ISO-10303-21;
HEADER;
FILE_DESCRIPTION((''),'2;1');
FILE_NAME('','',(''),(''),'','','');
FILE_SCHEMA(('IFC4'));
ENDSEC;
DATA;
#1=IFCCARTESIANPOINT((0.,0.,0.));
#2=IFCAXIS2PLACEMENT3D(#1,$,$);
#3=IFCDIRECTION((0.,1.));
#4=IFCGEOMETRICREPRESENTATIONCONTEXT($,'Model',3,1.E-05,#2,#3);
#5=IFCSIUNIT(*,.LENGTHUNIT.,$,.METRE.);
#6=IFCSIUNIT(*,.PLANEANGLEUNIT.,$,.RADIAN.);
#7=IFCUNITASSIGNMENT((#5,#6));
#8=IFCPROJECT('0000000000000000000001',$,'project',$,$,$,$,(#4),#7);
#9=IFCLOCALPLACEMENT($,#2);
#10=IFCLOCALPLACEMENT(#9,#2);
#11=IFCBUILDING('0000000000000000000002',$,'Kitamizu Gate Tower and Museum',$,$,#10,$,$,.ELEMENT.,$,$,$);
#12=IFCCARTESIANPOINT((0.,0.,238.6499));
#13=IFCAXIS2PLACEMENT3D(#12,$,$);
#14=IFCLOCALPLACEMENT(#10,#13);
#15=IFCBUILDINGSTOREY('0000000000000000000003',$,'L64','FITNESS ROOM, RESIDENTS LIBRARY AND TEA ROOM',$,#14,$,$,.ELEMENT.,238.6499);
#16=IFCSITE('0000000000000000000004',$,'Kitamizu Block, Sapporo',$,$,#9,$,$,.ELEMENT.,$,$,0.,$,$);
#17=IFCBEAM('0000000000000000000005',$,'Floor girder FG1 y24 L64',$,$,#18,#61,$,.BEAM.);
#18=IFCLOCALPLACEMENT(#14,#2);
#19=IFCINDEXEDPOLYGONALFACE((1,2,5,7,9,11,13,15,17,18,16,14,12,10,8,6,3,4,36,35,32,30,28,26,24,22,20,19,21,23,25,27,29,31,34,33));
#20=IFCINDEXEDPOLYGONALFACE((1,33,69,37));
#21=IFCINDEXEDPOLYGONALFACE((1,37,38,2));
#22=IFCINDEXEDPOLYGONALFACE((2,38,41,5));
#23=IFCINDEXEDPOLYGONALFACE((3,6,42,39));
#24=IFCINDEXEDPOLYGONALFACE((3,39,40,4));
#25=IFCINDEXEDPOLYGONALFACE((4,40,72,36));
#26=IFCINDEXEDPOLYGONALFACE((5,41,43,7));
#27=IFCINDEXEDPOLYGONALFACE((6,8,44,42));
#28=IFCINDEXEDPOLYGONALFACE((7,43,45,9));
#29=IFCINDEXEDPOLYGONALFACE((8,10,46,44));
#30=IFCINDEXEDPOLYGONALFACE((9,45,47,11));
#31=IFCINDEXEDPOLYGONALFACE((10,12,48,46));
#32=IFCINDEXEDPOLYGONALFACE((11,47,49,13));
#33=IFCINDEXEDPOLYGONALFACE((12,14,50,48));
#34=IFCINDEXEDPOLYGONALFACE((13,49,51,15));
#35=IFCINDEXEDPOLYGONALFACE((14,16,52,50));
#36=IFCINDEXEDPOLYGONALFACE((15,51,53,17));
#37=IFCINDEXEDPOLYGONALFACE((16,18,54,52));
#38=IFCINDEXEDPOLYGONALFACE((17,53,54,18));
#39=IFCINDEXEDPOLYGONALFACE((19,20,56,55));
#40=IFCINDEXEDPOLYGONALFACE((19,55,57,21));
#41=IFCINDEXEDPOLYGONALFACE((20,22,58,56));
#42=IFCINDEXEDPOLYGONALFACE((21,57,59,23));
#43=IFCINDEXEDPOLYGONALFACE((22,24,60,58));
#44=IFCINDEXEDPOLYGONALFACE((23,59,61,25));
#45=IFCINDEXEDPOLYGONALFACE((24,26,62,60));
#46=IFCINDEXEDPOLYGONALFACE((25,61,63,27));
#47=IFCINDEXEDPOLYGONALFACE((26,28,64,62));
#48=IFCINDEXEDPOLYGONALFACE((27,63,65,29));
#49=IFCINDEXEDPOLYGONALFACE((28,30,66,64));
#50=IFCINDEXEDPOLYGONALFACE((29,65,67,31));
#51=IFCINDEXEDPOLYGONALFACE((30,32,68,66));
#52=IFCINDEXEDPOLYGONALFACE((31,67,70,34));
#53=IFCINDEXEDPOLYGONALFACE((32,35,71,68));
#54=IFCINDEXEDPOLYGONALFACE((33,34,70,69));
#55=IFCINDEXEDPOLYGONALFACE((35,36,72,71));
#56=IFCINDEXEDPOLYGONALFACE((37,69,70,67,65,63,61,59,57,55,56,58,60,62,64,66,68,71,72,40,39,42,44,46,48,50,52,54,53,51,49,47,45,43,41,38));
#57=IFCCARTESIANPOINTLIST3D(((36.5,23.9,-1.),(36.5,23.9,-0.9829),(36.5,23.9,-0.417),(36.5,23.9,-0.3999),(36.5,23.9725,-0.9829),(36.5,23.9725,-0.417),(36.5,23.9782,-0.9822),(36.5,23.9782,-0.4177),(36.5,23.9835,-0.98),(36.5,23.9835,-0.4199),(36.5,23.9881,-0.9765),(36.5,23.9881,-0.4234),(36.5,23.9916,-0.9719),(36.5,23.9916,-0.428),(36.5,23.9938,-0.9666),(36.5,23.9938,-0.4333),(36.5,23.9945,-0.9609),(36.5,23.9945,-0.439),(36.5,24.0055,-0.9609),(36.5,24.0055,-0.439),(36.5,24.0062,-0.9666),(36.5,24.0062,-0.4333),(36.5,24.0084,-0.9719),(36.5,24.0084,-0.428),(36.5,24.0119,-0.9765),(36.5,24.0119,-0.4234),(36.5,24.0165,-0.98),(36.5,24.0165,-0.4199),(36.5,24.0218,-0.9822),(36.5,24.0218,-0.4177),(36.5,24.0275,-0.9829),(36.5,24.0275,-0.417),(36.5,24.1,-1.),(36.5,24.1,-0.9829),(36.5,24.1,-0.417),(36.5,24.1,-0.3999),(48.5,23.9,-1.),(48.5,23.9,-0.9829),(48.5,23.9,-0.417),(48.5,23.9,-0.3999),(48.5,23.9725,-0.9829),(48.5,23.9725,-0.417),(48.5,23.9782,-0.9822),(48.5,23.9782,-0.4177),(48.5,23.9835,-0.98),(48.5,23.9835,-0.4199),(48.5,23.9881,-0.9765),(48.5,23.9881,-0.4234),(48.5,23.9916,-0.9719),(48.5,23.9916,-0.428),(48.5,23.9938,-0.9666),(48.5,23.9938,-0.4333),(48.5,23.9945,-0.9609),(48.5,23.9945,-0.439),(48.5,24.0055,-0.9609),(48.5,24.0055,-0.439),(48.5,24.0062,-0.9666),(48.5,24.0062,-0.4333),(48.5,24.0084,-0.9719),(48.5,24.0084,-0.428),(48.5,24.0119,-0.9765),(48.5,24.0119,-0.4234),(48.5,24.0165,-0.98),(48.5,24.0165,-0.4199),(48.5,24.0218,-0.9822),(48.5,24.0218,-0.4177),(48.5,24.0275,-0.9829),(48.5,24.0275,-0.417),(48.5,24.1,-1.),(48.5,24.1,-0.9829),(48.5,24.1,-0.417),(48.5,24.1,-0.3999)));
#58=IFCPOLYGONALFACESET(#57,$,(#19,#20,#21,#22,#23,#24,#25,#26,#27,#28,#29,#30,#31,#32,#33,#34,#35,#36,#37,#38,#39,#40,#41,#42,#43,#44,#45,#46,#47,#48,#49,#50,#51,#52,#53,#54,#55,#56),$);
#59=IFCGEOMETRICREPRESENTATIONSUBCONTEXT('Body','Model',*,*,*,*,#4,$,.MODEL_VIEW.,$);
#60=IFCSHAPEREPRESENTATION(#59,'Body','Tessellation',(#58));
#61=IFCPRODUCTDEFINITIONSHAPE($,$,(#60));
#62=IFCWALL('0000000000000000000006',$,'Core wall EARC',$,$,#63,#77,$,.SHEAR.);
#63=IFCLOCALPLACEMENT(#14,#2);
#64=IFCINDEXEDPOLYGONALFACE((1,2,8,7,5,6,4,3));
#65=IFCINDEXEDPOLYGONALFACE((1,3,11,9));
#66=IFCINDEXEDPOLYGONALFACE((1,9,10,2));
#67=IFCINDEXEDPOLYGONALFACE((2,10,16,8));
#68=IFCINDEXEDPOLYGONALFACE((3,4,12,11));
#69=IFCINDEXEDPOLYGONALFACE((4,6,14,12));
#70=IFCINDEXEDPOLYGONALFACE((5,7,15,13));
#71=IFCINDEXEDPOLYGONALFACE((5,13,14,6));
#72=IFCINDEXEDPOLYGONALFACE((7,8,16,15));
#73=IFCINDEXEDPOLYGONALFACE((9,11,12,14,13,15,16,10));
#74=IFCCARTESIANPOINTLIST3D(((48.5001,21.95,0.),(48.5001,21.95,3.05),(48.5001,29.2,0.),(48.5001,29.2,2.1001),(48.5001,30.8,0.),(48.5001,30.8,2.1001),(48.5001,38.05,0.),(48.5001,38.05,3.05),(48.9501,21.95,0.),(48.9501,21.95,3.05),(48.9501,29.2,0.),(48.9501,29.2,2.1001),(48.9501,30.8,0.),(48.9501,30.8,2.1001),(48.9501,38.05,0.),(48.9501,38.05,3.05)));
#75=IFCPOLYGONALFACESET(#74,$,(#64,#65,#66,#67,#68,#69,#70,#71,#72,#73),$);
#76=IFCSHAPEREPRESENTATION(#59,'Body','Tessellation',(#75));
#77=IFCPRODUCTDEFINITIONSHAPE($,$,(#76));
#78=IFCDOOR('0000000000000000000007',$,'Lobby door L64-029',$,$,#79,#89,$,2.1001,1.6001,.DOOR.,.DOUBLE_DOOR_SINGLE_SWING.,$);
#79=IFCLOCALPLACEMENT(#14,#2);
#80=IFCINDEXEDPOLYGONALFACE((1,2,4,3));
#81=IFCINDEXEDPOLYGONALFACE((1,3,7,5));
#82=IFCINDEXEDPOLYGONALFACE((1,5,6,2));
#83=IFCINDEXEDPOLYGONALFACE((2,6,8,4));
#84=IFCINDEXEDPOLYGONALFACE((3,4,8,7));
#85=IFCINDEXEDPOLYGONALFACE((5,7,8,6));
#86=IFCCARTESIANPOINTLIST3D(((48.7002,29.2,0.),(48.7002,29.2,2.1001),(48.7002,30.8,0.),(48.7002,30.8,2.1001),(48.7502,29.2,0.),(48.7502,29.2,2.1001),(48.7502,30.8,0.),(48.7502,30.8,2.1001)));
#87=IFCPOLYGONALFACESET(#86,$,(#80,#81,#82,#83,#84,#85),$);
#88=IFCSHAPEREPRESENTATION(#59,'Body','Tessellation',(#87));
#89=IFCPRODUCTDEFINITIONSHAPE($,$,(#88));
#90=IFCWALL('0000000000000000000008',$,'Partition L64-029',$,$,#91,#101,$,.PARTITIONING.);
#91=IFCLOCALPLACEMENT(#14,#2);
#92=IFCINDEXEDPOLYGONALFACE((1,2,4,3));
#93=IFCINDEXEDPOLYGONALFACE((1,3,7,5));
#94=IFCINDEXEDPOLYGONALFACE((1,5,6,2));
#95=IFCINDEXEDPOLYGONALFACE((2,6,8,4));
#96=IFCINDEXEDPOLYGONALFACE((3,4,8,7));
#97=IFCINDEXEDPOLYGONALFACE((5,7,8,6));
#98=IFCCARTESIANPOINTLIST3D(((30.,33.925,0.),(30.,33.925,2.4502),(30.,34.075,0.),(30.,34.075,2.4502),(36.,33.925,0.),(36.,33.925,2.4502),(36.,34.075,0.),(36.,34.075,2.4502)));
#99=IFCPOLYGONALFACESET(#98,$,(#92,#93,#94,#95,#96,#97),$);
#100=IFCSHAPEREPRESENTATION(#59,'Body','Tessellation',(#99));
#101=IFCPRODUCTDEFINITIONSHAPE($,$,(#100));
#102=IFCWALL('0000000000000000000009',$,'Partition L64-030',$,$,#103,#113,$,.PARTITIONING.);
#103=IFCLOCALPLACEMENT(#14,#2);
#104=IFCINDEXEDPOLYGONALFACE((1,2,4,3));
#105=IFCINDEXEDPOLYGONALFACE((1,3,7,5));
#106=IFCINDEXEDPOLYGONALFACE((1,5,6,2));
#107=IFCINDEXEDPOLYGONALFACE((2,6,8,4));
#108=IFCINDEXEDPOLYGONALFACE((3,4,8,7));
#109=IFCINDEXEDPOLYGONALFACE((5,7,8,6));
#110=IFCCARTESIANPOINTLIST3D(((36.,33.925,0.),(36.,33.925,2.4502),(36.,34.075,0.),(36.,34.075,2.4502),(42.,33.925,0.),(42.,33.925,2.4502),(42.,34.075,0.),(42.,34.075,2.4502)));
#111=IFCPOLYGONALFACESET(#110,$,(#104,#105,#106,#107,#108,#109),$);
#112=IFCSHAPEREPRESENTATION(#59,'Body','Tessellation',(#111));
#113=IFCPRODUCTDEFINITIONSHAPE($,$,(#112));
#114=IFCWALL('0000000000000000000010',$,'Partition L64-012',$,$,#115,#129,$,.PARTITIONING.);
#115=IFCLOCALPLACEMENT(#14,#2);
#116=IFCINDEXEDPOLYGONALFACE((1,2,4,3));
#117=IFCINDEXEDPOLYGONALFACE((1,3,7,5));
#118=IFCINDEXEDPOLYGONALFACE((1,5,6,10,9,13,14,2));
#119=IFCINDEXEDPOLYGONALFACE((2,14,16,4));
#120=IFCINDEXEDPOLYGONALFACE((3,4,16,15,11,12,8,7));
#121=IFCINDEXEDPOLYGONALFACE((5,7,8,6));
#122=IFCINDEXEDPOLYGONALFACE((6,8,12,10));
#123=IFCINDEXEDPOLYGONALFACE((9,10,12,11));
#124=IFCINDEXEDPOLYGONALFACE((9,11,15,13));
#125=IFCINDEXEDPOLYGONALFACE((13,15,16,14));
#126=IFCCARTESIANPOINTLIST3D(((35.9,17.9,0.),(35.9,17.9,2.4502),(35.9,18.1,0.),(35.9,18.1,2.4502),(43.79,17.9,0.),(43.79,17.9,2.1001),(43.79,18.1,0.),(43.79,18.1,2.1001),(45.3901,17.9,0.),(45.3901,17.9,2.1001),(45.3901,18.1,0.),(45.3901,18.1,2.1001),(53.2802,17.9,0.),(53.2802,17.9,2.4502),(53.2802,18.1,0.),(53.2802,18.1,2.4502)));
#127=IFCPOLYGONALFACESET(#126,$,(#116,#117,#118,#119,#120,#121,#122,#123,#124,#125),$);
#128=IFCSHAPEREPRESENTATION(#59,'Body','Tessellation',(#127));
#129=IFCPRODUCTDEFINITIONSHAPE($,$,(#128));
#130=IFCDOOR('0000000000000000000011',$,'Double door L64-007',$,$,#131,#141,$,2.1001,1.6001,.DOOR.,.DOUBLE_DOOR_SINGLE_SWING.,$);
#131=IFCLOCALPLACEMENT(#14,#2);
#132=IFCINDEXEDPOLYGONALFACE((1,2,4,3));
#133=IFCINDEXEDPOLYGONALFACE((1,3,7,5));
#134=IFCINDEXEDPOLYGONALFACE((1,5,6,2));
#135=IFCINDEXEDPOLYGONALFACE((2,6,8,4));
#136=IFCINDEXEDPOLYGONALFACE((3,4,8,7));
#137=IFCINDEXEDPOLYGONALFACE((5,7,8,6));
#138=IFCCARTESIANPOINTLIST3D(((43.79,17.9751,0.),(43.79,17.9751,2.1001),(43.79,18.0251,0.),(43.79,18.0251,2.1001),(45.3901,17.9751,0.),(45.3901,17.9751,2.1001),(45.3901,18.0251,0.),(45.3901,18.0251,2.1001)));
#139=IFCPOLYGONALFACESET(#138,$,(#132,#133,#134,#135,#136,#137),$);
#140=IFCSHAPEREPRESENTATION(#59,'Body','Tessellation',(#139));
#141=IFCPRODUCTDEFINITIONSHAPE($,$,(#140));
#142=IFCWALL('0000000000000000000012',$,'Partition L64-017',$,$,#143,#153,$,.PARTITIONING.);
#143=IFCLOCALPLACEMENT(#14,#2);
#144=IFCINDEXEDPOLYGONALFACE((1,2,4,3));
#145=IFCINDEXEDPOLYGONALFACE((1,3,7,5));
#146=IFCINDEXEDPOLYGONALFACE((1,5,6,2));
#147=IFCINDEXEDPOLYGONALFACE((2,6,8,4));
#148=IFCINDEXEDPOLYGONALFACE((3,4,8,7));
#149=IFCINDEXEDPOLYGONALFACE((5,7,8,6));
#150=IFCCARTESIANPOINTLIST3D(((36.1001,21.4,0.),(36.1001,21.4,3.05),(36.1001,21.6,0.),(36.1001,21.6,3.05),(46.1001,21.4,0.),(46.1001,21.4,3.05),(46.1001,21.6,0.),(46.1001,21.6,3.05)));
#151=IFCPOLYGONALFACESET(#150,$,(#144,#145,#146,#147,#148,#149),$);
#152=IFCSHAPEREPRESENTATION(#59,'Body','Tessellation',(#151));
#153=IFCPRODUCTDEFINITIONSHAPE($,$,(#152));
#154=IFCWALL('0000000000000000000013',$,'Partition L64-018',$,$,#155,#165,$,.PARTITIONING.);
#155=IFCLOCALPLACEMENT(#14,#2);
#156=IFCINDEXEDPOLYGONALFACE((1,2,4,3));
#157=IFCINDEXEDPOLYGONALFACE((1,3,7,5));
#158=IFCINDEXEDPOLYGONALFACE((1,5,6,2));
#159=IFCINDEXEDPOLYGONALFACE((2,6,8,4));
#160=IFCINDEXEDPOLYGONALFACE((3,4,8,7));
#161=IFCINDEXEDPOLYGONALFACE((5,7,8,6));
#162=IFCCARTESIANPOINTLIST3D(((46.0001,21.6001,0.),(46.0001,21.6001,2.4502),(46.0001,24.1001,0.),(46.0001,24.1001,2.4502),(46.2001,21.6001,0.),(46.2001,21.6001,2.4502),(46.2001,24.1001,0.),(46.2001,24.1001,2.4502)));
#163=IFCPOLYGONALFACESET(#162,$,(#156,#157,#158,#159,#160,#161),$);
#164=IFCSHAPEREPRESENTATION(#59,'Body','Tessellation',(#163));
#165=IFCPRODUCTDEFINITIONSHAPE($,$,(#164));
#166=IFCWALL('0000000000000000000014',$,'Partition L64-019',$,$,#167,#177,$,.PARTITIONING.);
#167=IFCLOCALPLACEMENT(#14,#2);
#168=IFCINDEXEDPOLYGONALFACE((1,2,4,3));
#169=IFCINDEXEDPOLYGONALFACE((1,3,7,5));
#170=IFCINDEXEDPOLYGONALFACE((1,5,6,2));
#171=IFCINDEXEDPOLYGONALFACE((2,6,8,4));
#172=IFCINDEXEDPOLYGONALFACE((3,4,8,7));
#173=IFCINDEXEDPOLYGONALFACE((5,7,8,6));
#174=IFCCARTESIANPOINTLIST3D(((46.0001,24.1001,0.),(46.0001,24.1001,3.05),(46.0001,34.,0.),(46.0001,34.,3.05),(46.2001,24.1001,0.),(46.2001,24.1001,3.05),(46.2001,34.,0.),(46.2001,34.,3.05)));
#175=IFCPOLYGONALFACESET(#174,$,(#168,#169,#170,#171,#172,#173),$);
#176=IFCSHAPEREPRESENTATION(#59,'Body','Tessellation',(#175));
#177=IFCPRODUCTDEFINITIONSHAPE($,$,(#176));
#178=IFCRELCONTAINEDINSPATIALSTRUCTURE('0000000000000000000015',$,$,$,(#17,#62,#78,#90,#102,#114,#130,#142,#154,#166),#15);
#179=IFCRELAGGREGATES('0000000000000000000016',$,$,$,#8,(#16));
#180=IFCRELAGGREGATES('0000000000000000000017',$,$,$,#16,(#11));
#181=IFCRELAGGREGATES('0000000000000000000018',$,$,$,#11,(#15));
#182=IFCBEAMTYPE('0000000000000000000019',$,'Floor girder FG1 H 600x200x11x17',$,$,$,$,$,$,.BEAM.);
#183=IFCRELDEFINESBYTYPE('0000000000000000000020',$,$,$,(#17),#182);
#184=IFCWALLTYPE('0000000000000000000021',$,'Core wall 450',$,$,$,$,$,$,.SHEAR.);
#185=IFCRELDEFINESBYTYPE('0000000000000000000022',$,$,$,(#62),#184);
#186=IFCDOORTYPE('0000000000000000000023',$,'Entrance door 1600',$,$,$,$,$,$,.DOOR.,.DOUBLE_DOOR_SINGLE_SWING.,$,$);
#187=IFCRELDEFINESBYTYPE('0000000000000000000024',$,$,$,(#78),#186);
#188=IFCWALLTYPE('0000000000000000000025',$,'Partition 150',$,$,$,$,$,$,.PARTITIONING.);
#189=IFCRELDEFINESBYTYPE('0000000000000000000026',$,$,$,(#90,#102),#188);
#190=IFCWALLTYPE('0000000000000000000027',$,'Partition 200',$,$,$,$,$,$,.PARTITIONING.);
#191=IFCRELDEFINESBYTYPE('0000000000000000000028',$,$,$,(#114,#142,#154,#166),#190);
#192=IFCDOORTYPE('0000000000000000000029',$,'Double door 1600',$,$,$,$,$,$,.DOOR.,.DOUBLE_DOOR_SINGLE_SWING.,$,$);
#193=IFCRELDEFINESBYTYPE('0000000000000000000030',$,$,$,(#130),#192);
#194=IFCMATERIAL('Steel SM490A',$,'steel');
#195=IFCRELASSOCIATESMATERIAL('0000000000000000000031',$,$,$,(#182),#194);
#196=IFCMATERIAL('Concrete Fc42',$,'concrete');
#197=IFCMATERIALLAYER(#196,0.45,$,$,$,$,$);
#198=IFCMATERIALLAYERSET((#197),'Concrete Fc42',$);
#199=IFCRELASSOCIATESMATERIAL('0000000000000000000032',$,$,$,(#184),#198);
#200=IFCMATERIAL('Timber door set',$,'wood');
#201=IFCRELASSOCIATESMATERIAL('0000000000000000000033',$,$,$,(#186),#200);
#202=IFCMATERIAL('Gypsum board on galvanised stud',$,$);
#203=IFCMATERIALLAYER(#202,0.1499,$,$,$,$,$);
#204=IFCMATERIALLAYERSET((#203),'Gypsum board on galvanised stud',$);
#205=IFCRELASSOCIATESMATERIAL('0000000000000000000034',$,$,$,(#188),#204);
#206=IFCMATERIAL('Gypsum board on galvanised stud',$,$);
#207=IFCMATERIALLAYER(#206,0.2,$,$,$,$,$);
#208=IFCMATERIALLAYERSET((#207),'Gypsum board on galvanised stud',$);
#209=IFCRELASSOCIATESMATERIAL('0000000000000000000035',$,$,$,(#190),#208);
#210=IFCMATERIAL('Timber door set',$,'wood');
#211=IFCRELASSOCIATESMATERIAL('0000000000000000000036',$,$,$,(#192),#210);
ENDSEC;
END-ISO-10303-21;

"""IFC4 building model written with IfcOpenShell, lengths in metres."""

from ifc_helpers import new_model, si_unit, direction, frame, frame_2d, origin, origin_2d, place, context, subcontext, project, spatial, rectangle, i_section, extrude, material, layer, layer_set, material_profile, profile_set, type_object, element, fill, save


model = new_model("IFC4")

# Units and contexts
model_context = context("Model", 3, precision=1e-05, world=origin(), true_north=direction((0.0, 1.0)))
body_context = subcontext(model_context, "Body", "Model", "MODEL_VIEW")
ifc_project = project(units=[si_unit("LENGTHUNIT", "METRE"), si_unit("PLANEANGLEUNIT", "RADIAN")], contexts=[model_context])

# Site, building, storey
site_placement = place(None, origin())
site = spatial("IfcSite", under=ifc_project, at=site_placement, Name="Kitamizu Block, Sapporo", CompositionType="ELEMENT", RefElevation=0.0)
building_placement = place(site_placement, origin())
building = spatial("IfcBuilding", under=site, at=building_placement, Name="Kitamizu Gate Tower and Museum", CompositionType="ELEMENT")
storey_placement = place(building_placement, frame((0.0, 0.0, 238.6499)))
storey = spatial("IfcBuildingStorey", under=building, at=storey_placement, Name="L64", Description="FITNESS ROOM, RESIDENTS LIBRARY AND TEA ROOM", CompositionType="ELEMENT", Elevation=238.6499)

# Beam
ifc_material_1 = material(Name="Steel SM490A", Category="steel")
ifc_material_profile_1 = material_profile(ifc_material_1, i_section(OverallWidth=0.2, OverallDepth=0.6001, WebThickness=0.011, FlangeThickness=0.0171, FilletRadius=0.022, at=origin_2d()), Name="H-600x200x11x17")
ifc_profile_set_1 = profile_set([ifc_material_profile_1], Name="Steel SM490A")
beam_type_1 = type_object("IfcBeamType", Name="Floor girder FG1 H 600x200x11x17", PredefinedType="BEAM", material=ifc_profile_set_1)
beam_1_placement = place(storey_placement, frame((36.5, 24.0, -0.7), z_axis=(1.0, 0.0, 0.0), x_axis=(0.0, 1.0, 0.0)))
element("IfcBeam", 1, at=beam_1_placement, inside=storey, type_object=beam_type_1, Name="Floor girder FG1 y24 L64", PredefinedType="BEAM", context=body_context, shape_type="SweptSolid", body=[
    extrude(i_section(OverallWidth=0.2, OverallDepth=0.6001, WebThickness=0.011, FlangeThickness=0.0171, FilletRadius=0.022, at=origin_2d()), origin(), (0.0, 0.0, 1.0), 12.0),
])

# Wall, opening, door
ifc_material_2 = material(Name="Concrete Fc42", Category="concrete")
ifc_layer_1 = layer(ifc_material_2, 0.45)
ifc_layer_set_1 = layer_set([ifc_layer_1], Name="Concrete Fc42")
wall_type_1 = type_object("IfcWallType", Name="Core wall 450", PredefinedType="SHEAR", material=ifc_layer_set_1)
wall_1_placement = place(storey_placement, frame((48.7251, 21.95, 0.0), z_axis=(0.0, 0.0, 1.0), x_axis=(0.0, 1.0, 0.0)))
wall_1 = element("IfcWall", 2, at=wall_1_placement, inside=storey, type_object=wall_type_1, Name="Core wall EARC", PredefinedType="SHEAR", context=body_context, shape_type="SweptSolid", body=[
    extrude(rectangle(XDim=16.1001, YDim=0.45, at=frame_2d((8.05, 0.0))), origin(), (0.0, 0.0, 1.0), 3.05),
])
opening_1_placement = place(wall_1_placement, frame((7.25, 0.0, 0.0)))
opening_1 = element("IfcOpeningElement", 3, at=opening_1_placement, cuts=wall_1, PredefinedType="OPENING", context=body_context, shape_type="SweptSolid", body=[
    extrude(rectangle(XDim=1.6001, YDim=2.1001, at=frame_2d((0.8, 1.05))), frame((0.0, 0.2349, 0.0), z_axis=(0.0, -1.0, 0.0), x_axis=(1.0, 0.0, 0.0)), (0.0, 0.0, 1.0), 0.47),
])
ifc_material_3 = material(Name="Timber door set", Category="wood")
door_type_1 = type_object("IfcDoorType", Name="Entrance door 1600", OperationType="DOUBLE_DOOR_SINGLE_SWING", PredefinedType="DOOR", material=ifc_material_3)
door_1_placement = place(opening_1_placement, origin())
door_1 = element("IfcDoor", 4, at=door_1_placement, inside=storey, type_object=door_type_1, Name="Lobby door L64-029", OperationType="DOUBLE_DOOR_SINGLE_SWING", OverallHeight=2.1001, OverallWidth=1.6001, PredefinedType="DOOR", context=body_context, shape_type="SweptSolid", body=[
    extrude(rectangle(XDim=1.6001, YDim=2.1001, at=frame_2d((0.8, 1.05))), frame((0.0, 0.0249, 0.0), z_axis=(0.0, -1.0, 0.0), x_axis=(1.0, 0.0, 0.0)), (0.0, 0.0, 1.0), 0.05),
])
fill(opening_1, door_1)

# Walls
ifc_material_4 = material(Name="Gypsum board on galvanised stud")
ifc_layer_2 = layer(ifc_material_4, 0.1499)
ifc_layer_set_2 = layer_set([ifc_layer_2], Name="Gypsum board on galvanised stud")
wall_type_2 = type_object("IfcWallType", Name="Partition 150", PredefinedType="PARTITIONING", material=ifc_layer_set_2)
for number, where, z_axis, x_axis, name in (
    (5, (36.0, 34.0, 0.0), (0.0, 0.0, 1.0), (-1.0, 0.0, 0.0), "Partition L64-029"),
    (6, (42.0, 34.0, 0.0), (0.0, 0.0, 1.0), (-1.0, 0.0, 0.0), "Partition L64-030"),
):
    element("IfcWall", number, at=place(storey_placement, frame(where, z_axis=z_axis, x_axis=x_axis)), inside=storey, type_object=wall_type_2, Name=name, PredefinedType="PARTITIONING", context=body_context, shape_type="SweptSolid", body=[
        extrude(rectangle(XDim=6.0, YDim=0.1499, at=frame_2d((3.0, 0.0))), origin(), (0.0, 0.0, 1.0), 2.4502),
    ])

# Wall, opening, door
ifc_material_5 = material(Name="Gypsum board on galvanised stud")
ifc_layer_3 = layer(ifc_material_5, 0.2)
ifc_layer_set_3 = layer_set([ifc_layer_3], Name="Gypsum board on galvanised stud")
wall_type_3 = type_object("IfcWallType", Name="Partition 200", PredefinedType="PARTITIONING", material=ifc_layer_set_3)
wall_2_placement = place(storey_placement, frame((53.28, 18.0, 0.0), z_axis=(0.0, 0.0, 1.0), x_axis=(-1.0, 0.0, 0.0)))
wall_2 = element("IfcWall", 7, at=wall_2_placement, inside=storey, type_object=wall_type_3, Name="Partition L64-012", PredefinedType="PARTITIONING", context=body_context, shape_type="SweptSolid", body=[
    extrude(rectangle(XDim=17.3801, YDim=0.2, at=frame_2d((8.6899, 0.0))), origin(), (0.0, 0.0, 1.0), 2.4502),
])
opening_2_placement = place(wall_2_placement, frame((7.8899, 0.0, 0.0)))
opening_2 = element("IfcOpeningElement", 8, at=opening_2_placement, cuts=wall_2, PredefinedType="OPENING", context=body_context, shape_type="SweptSolid", body=[
    extrude(rectangle(XDim=1.6001, YDim=2.1001, at=frame_2d((0.8, 1.05))), frame((0.0, 0.1099, 0.0), z_axis=(0.0, -1.0, 0.0), x_axis=(1.0, 0.0, 0.0)), (0.0, 0.0, 1.0), 0.22),
])
ifc_material_6 = material(Name="Timber door set", Category="wood")
door_type_2 = type_object("IfcDoorType", Name="Double door 1600", OperationType="DOUBLE_DOOR_SINGLE_SWING", PredefinedType="DOOR", material=ifc_material_6)
door_2_placement = place(opening_2_placement, origin())
door_2 = element("IfcDoor", 9, at=door_2_placement, inside=storey, type_object=door_type_2, Name="Double door L64-007", OperationType="DOUBLE_DOOR_SINGLE_SWING", OverallHeight=2.1001, OverallWidth=1.6001, PredefinedType="DOOR", context=body_context, shape_type="SweptSolid", body=[
    extrude(rectangle(XDim=1.6001, YDim=2.1001, at=frame_2d((0.8, 1.05))), frame((0.0, 0.0249, 0.0), z_axis=(0.0, -1.0, 0.0), x_axis=(1.0, 0.0, 0.0)), (0.0, 0.0, 1.0), 0.05),
])
fill(opening_2, door_2)

# Walls
wall_3_placement = place(storey_placement, frame((36.1001, 21.5, 0.0), z_axis=(0.0, 0.0, 1.0), x_axis=(1.0, 0.0, 0.0)))
element("IfcWall", 10, at=wall_3_placement, inside=storey, type_object=wall_type_3, Name="Partition L64-017", PredefinedType="PARTITIONING", context=body_context, shape_type="SweptSolid", body=[
    extrude(rectangle(XDim=10.0, YDim=0.2, at=frame_2d((5.0, 0.0))), origin(), (0.0, 0.0, 1.0), 3.05),
])
wall_4_placement = place(storey_placement, frame((46.1001, 21.6001, 0.0), z_axis=(0.0, 0.0, 1.0), x_axis=(0.0, 1.0, 0.0)))
element("IfcWall", 11, at=wall_4_placement, inside=storey, type_object=wall_type_3, Name="Partition L64-018", PredefinedType="PARTITIONING", context=body_context, shape_type="SweptSolid", body=[
    extrude(rectangle(XDim=2.5, YDim=0.2, at=frame_2d((1.25, 0.0))), origin(), (0.0, 0.0, 1.0), 2.4502),
])
wall_5_placement = place(storey_placement, frame((46.1001, 24.1001, 0.0), z_axis=(0.0, 0.0, 1.0), x_axis=(0.0, 1.0, 0.0)))
element("IfcWall", 12, at=wall_5_placement, inside=storey, type_object=wall_type_3, Name="Partition L64-019", PredefinedType="PARTITIONING", context=body_context, shape_type="SweptSolid", body=[
    extrude(rectangle(XDim=9.8999, YDim=0.2, at=frame_2d((4.95, 0.0))), origin(), (0.0, 0.0, 1.0), 3.05),
])

save(model, "model.ifc")
